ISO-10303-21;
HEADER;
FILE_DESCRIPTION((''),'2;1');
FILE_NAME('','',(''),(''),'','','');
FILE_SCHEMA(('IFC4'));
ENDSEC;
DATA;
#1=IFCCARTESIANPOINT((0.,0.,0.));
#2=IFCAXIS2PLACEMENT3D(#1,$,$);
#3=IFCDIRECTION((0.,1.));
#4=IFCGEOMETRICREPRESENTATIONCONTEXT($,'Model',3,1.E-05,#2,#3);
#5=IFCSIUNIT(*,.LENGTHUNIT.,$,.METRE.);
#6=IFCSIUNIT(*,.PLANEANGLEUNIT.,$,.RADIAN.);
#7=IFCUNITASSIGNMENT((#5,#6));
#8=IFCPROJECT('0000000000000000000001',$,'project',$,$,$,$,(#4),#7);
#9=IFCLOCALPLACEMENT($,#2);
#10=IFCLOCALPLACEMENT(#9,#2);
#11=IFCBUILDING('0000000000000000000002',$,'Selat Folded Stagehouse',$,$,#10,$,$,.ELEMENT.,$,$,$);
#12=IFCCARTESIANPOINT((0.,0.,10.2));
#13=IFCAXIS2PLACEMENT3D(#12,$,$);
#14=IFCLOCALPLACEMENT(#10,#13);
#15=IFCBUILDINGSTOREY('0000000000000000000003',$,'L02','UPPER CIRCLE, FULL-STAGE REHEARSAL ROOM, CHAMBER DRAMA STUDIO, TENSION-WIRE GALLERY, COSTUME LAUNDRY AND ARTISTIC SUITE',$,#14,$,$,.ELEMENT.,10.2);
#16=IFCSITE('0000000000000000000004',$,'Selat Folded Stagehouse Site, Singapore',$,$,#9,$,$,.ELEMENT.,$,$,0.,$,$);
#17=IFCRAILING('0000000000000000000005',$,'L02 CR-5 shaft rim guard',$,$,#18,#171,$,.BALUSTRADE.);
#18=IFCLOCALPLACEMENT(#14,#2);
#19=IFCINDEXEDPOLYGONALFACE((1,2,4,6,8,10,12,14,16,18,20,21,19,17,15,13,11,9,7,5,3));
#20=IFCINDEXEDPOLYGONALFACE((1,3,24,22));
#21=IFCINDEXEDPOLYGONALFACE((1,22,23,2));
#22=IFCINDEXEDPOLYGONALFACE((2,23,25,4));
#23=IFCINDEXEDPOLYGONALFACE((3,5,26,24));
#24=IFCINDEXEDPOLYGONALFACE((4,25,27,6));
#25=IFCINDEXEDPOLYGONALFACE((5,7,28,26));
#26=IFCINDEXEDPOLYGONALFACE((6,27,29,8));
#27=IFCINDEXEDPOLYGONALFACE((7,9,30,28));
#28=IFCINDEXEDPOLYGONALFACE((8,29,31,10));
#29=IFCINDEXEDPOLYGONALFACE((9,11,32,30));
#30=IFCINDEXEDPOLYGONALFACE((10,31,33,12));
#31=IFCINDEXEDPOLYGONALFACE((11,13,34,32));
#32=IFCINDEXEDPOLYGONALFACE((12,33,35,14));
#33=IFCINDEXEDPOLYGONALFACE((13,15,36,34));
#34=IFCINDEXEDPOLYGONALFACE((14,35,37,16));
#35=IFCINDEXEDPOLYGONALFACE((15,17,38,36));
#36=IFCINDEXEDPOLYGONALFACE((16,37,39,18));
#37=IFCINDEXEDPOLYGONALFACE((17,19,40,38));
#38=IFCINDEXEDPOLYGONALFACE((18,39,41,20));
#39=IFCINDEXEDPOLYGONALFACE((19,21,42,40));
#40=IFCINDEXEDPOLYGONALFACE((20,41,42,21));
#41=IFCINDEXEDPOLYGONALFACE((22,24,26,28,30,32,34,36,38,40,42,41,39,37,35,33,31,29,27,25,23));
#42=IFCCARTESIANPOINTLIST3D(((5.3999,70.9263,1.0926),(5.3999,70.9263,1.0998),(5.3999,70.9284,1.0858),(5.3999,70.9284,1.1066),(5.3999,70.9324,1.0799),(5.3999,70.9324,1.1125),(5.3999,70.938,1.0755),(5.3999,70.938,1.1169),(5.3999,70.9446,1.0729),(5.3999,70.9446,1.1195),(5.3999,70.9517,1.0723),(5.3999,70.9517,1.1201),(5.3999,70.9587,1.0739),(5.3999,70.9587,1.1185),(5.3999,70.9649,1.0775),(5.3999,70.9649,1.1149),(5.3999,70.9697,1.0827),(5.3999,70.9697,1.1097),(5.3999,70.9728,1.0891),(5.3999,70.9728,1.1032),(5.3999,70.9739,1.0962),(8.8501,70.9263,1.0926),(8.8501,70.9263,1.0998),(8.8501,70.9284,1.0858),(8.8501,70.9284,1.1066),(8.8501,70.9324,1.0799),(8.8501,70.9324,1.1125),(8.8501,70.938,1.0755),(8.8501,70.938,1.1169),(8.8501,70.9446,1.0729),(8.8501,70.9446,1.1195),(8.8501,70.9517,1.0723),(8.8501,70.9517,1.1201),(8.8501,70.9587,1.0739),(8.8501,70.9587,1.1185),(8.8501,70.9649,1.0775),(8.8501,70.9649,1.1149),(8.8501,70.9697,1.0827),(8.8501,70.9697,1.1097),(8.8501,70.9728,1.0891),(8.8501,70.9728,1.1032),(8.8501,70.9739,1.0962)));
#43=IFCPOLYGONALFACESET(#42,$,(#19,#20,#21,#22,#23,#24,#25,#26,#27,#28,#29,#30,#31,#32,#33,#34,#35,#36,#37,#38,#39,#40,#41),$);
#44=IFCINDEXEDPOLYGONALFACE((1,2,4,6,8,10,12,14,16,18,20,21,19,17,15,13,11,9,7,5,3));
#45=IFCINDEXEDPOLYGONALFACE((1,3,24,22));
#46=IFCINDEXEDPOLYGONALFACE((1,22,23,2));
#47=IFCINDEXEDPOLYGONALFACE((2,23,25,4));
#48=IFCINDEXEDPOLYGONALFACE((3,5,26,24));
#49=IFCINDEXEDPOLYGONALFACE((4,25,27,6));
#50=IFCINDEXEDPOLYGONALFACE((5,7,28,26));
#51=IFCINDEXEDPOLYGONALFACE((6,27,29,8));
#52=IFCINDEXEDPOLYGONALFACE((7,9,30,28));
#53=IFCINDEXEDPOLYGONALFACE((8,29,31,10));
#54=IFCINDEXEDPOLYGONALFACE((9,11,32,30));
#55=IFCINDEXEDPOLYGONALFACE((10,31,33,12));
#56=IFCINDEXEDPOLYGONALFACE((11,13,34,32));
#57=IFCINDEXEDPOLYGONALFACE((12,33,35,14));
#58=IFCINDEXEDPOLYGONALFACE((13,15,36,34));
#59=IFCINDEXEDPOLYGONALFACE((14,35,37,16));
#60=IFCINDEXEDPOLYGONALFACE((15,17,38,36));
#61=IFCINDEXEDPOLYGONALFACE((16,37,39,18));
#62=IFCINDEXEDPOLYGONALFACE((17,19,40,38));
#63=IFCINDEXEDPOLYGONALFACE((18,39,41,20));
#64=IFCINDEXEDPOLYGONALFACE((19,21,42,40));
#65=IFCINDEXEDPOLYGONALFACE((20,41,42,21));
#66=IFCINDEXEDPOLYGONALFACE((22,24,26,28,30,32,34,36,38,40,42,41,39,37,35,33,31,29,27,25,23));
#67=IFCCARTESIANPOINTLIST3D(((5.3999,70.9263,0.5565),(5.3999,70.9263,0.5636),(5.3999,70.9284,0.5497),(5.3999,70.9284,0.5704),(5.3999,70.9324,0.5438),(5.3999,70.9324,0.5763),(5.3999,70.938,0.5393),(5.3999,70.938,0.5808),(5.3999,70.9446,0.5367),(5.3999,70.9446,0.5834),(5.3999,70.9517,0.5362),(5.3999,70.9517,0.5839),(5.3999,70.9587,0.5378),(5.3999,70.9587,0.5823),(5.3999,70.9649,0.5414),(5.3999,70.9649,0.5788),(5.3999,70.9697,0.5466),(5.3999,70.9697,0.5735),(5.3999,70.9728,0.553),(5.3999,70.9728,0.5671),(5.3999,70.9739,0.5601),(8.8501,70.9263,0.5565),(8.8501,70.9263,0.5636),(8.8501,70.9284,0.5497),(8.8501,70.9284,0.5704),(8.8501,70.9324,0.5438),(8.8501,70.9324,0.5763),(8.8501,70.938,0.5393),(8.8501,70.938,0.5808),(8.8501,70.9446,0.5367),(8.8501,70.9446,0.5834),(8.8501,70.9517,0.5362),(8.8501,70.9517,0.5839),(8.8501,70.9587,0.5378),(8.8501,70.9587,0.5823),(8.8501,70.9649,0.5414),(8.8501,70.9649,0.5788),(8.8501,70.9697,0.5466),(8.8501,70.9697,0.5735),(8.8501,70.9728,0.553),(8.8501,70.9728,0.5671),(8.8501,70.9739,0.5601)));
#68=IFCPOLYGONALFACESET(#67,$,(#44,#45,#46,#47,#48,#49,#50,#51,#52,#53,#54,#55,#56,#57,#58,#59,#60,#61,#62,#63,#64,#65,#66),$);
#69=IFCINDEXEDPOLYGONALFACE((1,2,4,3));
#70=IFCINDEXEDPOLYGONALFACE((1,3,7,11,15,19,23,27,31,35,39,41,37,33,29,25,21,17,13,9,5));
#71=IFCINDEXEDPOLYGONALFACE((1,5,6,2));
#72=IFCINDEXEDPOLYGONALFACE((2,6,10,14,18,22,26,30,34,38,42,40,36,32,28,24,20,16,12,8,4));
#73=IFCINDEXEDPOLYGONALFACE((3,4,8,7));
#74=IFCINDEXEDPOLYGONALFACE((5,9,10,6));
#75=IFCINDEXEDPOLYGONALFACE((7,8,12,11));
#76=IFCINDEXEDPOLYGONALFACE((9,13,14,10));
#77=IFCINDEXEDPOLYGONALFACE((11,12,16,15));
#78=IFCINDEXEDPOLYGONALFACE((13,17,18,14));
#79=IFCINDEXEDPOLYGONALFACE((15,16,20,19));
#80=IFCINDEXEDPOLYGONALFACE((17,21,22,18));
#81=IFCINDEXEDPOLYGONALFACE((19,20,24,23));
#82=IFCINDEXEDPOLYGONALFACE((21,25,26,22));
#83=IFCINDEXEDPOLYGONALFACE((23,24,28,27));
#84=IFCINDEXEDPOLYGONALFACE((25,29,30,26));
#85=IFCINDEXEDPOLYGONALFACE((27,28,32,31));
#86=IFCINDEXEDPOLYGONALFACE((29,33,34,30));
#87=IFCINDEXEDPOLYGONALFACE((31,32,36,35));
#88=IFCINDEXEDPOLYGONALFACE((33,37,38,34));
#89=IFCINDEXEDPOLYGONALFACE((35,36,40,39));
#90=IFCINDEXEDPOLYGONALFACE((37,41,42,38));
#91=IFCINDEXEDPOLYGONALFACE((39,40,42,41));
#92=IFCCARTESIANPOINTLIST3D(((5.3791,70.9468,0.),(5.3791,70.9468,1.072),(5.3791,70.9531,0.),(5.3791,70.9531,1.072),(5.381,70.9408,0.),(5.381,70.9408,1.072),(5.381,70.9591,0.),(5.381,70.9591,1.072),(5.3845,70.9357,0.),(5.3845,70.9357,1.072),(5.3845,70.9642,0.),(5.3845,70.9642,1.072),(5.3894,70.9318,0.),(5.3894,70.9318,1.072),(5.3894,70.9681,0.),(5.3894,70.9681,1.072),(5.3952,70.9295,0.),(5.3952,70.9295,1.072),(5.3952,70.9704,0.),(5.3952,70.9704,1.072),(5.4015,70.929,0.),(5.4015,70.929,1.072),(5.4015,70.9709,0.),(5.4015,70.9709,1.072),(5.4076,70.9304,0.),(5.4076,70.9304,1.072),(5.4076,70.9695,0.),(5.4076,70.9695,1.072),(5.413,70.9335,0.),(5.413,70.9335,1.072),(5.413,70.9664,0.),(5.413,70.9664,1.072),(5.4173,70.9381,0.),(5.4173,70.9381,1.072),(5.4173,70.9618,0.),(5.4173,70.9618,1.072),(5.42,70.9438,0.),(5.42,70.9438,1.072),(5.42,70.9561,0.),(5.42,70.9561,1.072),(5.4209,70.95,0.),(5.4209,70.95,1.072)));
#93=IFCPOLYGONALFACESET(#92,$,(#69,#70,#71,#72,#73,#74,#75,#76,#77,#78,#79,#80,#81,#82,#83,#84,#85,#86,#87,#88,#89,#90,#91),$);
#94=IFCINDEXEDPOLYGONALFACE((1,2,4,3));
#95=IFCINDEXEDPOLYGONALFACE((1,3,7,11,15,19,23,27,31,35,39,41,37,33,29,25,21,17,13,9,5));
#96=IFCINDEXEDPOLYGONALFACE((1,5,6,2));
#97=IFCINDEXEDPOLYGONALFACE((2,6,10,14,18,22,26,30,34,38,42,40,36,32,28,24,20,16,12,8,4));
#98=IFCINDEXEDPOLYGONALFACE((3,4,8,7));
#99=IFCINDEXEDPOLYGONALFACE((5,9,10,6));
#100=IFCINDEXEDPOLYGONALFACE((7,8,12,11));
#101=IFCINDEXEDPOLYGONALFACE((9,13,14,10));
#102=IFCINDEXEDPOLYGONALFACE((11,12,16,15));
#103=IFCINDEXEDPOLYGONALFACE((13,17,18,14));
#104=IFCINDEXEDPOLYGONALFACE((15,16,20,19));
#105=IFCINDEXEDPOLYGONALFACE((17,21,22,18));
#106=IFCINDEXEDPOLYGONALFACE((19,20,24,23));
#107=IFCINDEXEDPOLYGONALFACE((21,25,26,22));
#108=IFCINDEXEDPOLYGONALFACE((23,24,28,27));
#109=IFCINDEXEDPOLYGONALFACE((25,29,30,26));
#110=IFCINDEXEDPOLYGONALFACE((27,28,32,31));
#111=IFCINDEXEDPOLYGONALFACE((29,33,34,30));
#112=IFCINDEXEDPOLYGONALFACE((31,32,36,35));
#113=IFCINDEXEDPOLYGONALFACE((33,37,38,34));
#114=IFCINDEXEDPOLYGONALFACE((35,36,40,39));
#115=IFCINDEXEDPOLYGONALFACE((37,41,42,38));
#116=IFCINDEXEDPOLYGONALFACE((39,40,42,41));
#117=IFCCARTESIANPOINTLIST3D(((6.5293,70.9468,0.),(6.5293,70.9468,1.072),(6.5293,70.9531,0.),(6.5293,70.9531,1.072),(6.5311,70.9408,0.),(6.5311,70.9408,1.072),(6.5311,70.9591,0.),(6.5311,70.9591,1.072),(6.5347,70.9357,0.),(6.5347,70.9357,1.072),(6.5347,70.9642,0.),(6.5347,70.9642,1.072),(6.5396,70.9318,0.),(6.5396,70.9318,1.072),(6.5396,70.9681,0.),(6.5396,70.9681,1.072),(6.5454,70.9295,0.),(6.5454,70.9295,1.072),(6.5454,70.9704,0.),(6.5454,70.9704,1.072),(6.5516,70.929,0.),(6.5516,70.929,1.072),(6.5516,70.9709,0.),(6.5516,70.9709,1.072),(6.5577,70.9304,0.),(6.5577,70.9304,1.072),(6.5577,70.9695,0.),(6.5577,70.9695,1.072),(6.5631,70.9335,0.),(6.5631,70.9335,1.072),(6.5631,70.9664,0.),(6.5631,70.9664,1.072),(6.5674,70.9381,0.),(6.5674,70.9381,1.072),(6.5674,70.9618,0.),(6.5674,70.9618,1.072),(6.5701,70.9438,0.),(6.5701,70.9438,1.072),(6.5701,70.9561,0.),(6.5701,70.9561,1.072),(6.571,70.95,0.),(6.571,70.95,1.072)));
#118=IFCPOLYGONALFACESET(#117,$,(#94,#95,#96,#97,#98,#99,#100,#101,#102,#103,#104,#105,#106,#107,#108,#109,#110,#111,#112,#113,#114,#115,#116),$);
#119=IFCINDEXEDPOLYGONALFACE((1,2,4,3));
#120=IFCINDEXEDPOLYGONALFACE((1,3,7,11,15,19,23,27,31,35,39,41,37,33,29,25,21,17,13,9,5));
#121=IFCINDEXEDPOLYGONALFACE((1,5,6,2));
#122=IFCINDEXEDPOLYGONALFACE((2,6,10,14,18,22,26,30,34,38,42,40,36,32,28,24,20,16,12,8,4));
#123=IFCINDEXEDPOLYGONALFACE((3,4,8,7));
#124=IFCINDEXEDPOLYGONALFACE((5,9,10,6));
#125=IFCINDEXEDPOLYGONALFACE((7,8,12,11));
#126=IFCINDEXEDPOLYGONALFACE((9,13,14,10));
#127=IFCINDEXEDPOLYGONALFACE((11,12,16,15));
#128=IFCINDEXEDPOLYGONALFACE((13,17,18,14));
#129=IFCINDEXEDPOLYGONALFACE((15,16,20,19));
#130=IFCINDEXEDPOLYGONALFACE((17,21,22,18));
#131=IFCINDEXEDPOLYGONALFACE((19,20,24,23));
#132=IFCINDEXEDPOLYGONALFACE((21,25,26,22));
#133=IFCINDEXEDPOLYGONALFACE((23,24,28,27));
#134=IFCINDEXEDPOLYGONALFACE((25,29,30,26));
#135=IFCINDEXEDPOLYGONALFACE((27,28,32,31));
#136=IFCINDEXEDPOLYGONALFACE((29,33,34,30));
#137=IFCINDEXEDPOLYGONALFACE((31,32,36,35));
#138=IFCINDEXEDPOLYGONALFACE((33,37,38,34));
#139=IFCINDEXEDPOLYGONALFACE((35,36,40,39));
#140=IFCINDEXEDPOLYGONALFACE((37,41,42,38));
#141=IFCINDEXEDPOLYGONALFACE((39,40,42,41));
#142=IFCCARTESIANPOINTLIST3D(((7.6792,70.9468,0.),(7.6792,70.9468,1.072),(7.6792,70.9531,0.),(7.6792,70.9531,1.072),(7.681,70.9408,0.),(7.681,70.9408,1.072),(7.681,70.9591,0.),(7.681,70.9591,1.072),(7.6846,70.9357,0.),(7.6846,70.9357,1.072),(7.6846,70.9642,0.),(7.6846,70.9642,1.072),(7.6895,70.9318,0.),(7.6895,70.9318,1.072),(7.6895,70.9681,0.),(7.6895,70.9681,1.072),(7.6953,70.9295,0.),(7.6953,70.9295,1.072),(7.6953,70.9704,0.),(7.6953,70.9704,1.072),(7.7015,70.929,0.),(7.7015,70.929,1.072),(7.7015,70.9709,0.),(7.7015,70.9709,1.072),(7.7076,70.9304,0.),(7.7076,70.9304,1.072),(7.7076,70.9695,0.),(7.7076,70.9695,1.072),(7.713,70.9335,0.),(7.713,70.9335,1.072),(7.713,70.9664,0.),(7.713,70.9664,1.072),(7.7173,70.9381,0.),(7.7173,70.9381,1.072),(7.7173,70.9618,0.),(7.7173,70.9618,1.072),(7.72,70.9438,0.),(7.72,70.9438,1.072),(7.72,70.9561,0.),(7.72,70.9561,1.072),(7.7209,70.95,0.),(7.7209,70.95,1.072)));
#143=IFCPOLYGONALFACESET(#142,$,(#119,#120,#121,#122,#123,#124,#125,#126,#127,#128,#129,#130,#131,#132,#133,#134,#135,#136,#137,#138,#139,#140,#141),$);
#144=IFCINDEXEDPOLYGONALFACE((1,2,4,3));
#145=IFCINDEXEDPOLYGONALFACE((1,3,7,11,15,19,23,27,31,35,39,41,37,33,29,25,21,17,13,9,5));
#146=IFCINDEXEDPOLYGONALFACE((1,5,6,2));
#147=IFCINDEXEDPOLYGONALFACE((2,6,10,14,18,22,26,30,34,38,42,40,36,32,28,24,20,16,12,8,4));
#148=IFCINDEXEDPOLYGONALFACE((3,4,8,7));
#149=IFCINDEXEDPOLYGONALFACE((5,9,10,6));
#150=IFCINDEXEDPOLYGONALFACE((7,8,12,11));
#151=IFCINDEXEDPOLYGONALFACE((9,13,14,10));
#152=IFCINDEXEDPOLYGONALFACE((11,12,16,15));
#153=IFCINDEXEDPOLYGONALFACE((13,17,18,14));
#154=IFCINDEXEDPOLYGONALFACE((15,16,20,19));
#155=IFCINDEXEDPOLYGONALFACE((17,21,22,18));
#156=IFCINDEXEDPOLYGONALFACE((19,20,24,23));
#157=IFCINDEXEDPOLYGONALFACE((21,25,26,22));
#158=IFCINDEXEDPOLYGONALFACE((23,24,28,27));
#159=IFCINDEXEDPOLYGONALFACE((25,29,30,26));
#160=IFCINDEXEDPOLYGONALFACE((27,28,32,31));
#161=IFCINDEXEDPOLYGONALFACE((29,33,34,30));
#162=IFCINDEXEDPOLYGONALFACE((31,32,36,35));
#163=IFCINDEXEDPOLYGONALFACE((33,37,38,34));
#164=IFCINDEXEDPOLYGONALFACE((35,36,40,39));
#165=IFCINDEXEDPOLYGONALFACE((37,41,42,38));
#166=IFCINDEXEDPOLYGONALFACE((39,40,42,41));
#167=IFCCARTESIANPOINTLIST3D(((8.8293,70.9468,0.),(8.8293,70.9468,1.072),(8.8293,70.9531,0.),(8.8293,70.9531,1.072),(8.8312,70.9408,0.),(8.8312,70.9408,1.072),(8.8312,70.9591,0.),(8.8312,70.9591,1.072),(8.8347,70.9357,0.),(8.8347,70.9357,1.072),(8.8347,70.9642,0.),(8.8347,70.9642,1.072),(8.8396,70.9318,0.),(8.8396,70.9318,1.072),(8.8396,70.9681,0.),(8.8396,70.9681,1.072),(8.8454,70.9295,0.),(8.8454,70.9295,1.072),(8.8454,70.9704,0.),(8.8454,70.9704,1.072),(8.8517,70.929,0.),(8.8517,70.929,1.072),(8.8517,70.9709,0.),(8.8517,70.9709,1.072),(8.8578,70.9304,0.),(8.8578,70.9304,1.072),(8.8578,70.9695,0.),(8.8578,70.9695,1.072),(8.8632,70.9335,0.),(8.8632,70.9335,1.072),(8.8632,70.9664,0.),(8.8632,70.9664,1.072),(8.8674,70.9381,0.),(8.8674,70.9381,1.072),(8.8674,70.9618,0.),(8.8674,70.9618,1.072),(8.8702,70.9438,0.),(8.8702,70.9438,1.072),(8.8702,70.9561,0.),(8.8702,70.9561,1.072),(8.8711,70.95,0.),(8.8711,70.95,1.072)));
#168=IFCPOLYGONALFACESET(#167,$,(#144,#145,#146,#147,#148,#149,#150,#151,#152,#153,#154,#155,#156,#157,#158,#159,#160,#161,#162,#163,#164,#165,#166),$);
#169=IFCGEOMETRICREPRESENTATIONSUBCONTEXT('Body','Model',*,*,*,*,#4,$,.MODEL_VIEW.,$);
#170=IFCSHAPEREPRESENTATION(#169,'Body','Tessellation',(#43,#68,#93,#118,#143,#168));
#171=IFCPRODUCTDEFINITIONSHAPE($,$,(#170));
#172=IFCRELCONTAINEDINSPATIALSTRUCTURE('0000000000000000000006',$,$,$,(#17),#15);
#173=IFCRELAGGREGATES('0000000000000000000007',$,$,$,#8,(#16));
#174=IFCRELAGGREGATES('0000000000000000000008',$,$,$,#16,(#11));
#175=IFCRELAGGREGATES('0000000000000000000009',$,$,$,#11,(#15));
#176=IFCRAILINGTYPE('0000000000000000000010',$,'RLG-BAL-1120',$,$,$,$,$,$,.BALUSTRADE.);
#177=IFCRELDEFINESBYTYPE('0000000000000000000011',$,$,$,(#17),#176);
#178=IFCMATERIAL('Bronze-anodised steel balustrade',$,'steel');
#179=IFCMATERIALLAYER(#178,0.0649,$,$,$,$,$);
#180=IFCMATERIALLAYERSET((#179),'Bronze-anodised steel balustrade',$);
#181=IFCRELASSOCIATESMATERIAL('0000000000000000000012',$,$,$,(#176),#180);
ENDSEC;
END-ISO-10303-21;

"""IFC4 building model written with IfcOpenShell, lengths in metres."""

from ifc_helpers import new_model, si_unit, direction, frame, origin, origin_2d, place, context, subcontext, project, spatial, circle, extrude, material, layer, layer_set, type_object, element, save


model = new_model("IFC4")

# Units and contexts
model_context = context("Model", 3, precision=1e-05, world=origin(), true_north=direction((0.0, 1.0)))
body_context = subcontext(model_context, "Body", "Model", "MODEL_VIEW")
ifc_project = project(units=[si_unit("LENGTHUNIT", "METRE"), si_unit("PLANEANGLEUNIT", "RADIAN")], contexts=[model_context])

# Site, building, storey
site_placement = place(None, origin())
site = spatial("IfcSite", under=ifc_project, at=site_placement, Name="Selat Folded Stagehouse Site, Singapore", CompositionType="ELEMENT", RefElevation=0.0)
building_placement = place(site_placement, origin())
building = spatial("IfcBuilding", under=site, at=building_placement, Name="Selat Folded Stagehouse", CompositionType="ELEMENT")
storey_placement = place(building_placement, frame((0.0, 0.0, 10.2)))
storey = spatial("IfcBuildingStorey", under=building, at=storey_placement, Name="L02", Description="UPPER CIRCLE, FULL-STAGE REHEARSAL ROOM, CHAMBER DRAMA STUDIO, TENSION-WIRE GALLERY, COSTUME LAUNDRY AND ARTISTIC SUITE", CompositionType="ELEMENT", Elevation=10.2)

# Railing
ifc_material_1 = material(Name="Bronze-anodised steel balustrade", Category="steel")
ifc_layer_1 = layer(ifc_material_1, 0.0649)
ifc_layer_set_1 = layer_set([ifc_layer_1], Name="Bronze-anodised steel balustrade")
railing_type_1 = type_object("IfcRailingType", Name="RLG-BAL-1120", PredefinedType="BALUSTRADE", material=ifc_layer_set_1)
railing_1_placement = place(storey_placement, frame((5.3999, 70.95, 0.0)))
element("IfcRailing", 1, at=railing_1_placement, inside=storey, type_object=railing_type_1, Name="L02 CR-5 shaft rim guard", PredefinedType="BALUSTRADE", context=body_context, shape_type="SweptSolid", body=[
    extrude(circle(Radius=0.0239, at=origin_2d()), frame((0.0, 0.0, 1.0962), z_axis=(1.0, 0.0, 0.0), x_axis=(0.0, 1.0, 0.0)), (0.0, 0.0, 1.0), 3.4502),
    extrude(circle(Radius=0.0239, at=origin_2d()), frame((0.0, 0.0, 0.5601), z_axis=(1.0, 0.0, 0.0), x_axis=(0.0, 1.0, 0.0)), (0.0, 0.0, 1.0), 3.4502),
    extrude(circle(Radius=0.021, at=origin_2d()), origin(), (0.0, 0.0, 1.0), 1.072),
    extrude(circle(Radius=0.021, at=origin_2d()), frame((1.1501, 0.0, 0.0)), (0.0, 0.0, 1.0), 1.072),
    extrude(circle(Radius=0.021, at=origin_2d()), frame((2.3, 0.0, 0.0)), (0.0, 0.0, 1.0), 1.072),
    extrude(circle(Radius=0.021, at=origin_2d()), frame((3.4502, 0.0, 0.0)), (0.0, 0.0, 1.0), 1.072),
])

save(model, "model.ifc")
